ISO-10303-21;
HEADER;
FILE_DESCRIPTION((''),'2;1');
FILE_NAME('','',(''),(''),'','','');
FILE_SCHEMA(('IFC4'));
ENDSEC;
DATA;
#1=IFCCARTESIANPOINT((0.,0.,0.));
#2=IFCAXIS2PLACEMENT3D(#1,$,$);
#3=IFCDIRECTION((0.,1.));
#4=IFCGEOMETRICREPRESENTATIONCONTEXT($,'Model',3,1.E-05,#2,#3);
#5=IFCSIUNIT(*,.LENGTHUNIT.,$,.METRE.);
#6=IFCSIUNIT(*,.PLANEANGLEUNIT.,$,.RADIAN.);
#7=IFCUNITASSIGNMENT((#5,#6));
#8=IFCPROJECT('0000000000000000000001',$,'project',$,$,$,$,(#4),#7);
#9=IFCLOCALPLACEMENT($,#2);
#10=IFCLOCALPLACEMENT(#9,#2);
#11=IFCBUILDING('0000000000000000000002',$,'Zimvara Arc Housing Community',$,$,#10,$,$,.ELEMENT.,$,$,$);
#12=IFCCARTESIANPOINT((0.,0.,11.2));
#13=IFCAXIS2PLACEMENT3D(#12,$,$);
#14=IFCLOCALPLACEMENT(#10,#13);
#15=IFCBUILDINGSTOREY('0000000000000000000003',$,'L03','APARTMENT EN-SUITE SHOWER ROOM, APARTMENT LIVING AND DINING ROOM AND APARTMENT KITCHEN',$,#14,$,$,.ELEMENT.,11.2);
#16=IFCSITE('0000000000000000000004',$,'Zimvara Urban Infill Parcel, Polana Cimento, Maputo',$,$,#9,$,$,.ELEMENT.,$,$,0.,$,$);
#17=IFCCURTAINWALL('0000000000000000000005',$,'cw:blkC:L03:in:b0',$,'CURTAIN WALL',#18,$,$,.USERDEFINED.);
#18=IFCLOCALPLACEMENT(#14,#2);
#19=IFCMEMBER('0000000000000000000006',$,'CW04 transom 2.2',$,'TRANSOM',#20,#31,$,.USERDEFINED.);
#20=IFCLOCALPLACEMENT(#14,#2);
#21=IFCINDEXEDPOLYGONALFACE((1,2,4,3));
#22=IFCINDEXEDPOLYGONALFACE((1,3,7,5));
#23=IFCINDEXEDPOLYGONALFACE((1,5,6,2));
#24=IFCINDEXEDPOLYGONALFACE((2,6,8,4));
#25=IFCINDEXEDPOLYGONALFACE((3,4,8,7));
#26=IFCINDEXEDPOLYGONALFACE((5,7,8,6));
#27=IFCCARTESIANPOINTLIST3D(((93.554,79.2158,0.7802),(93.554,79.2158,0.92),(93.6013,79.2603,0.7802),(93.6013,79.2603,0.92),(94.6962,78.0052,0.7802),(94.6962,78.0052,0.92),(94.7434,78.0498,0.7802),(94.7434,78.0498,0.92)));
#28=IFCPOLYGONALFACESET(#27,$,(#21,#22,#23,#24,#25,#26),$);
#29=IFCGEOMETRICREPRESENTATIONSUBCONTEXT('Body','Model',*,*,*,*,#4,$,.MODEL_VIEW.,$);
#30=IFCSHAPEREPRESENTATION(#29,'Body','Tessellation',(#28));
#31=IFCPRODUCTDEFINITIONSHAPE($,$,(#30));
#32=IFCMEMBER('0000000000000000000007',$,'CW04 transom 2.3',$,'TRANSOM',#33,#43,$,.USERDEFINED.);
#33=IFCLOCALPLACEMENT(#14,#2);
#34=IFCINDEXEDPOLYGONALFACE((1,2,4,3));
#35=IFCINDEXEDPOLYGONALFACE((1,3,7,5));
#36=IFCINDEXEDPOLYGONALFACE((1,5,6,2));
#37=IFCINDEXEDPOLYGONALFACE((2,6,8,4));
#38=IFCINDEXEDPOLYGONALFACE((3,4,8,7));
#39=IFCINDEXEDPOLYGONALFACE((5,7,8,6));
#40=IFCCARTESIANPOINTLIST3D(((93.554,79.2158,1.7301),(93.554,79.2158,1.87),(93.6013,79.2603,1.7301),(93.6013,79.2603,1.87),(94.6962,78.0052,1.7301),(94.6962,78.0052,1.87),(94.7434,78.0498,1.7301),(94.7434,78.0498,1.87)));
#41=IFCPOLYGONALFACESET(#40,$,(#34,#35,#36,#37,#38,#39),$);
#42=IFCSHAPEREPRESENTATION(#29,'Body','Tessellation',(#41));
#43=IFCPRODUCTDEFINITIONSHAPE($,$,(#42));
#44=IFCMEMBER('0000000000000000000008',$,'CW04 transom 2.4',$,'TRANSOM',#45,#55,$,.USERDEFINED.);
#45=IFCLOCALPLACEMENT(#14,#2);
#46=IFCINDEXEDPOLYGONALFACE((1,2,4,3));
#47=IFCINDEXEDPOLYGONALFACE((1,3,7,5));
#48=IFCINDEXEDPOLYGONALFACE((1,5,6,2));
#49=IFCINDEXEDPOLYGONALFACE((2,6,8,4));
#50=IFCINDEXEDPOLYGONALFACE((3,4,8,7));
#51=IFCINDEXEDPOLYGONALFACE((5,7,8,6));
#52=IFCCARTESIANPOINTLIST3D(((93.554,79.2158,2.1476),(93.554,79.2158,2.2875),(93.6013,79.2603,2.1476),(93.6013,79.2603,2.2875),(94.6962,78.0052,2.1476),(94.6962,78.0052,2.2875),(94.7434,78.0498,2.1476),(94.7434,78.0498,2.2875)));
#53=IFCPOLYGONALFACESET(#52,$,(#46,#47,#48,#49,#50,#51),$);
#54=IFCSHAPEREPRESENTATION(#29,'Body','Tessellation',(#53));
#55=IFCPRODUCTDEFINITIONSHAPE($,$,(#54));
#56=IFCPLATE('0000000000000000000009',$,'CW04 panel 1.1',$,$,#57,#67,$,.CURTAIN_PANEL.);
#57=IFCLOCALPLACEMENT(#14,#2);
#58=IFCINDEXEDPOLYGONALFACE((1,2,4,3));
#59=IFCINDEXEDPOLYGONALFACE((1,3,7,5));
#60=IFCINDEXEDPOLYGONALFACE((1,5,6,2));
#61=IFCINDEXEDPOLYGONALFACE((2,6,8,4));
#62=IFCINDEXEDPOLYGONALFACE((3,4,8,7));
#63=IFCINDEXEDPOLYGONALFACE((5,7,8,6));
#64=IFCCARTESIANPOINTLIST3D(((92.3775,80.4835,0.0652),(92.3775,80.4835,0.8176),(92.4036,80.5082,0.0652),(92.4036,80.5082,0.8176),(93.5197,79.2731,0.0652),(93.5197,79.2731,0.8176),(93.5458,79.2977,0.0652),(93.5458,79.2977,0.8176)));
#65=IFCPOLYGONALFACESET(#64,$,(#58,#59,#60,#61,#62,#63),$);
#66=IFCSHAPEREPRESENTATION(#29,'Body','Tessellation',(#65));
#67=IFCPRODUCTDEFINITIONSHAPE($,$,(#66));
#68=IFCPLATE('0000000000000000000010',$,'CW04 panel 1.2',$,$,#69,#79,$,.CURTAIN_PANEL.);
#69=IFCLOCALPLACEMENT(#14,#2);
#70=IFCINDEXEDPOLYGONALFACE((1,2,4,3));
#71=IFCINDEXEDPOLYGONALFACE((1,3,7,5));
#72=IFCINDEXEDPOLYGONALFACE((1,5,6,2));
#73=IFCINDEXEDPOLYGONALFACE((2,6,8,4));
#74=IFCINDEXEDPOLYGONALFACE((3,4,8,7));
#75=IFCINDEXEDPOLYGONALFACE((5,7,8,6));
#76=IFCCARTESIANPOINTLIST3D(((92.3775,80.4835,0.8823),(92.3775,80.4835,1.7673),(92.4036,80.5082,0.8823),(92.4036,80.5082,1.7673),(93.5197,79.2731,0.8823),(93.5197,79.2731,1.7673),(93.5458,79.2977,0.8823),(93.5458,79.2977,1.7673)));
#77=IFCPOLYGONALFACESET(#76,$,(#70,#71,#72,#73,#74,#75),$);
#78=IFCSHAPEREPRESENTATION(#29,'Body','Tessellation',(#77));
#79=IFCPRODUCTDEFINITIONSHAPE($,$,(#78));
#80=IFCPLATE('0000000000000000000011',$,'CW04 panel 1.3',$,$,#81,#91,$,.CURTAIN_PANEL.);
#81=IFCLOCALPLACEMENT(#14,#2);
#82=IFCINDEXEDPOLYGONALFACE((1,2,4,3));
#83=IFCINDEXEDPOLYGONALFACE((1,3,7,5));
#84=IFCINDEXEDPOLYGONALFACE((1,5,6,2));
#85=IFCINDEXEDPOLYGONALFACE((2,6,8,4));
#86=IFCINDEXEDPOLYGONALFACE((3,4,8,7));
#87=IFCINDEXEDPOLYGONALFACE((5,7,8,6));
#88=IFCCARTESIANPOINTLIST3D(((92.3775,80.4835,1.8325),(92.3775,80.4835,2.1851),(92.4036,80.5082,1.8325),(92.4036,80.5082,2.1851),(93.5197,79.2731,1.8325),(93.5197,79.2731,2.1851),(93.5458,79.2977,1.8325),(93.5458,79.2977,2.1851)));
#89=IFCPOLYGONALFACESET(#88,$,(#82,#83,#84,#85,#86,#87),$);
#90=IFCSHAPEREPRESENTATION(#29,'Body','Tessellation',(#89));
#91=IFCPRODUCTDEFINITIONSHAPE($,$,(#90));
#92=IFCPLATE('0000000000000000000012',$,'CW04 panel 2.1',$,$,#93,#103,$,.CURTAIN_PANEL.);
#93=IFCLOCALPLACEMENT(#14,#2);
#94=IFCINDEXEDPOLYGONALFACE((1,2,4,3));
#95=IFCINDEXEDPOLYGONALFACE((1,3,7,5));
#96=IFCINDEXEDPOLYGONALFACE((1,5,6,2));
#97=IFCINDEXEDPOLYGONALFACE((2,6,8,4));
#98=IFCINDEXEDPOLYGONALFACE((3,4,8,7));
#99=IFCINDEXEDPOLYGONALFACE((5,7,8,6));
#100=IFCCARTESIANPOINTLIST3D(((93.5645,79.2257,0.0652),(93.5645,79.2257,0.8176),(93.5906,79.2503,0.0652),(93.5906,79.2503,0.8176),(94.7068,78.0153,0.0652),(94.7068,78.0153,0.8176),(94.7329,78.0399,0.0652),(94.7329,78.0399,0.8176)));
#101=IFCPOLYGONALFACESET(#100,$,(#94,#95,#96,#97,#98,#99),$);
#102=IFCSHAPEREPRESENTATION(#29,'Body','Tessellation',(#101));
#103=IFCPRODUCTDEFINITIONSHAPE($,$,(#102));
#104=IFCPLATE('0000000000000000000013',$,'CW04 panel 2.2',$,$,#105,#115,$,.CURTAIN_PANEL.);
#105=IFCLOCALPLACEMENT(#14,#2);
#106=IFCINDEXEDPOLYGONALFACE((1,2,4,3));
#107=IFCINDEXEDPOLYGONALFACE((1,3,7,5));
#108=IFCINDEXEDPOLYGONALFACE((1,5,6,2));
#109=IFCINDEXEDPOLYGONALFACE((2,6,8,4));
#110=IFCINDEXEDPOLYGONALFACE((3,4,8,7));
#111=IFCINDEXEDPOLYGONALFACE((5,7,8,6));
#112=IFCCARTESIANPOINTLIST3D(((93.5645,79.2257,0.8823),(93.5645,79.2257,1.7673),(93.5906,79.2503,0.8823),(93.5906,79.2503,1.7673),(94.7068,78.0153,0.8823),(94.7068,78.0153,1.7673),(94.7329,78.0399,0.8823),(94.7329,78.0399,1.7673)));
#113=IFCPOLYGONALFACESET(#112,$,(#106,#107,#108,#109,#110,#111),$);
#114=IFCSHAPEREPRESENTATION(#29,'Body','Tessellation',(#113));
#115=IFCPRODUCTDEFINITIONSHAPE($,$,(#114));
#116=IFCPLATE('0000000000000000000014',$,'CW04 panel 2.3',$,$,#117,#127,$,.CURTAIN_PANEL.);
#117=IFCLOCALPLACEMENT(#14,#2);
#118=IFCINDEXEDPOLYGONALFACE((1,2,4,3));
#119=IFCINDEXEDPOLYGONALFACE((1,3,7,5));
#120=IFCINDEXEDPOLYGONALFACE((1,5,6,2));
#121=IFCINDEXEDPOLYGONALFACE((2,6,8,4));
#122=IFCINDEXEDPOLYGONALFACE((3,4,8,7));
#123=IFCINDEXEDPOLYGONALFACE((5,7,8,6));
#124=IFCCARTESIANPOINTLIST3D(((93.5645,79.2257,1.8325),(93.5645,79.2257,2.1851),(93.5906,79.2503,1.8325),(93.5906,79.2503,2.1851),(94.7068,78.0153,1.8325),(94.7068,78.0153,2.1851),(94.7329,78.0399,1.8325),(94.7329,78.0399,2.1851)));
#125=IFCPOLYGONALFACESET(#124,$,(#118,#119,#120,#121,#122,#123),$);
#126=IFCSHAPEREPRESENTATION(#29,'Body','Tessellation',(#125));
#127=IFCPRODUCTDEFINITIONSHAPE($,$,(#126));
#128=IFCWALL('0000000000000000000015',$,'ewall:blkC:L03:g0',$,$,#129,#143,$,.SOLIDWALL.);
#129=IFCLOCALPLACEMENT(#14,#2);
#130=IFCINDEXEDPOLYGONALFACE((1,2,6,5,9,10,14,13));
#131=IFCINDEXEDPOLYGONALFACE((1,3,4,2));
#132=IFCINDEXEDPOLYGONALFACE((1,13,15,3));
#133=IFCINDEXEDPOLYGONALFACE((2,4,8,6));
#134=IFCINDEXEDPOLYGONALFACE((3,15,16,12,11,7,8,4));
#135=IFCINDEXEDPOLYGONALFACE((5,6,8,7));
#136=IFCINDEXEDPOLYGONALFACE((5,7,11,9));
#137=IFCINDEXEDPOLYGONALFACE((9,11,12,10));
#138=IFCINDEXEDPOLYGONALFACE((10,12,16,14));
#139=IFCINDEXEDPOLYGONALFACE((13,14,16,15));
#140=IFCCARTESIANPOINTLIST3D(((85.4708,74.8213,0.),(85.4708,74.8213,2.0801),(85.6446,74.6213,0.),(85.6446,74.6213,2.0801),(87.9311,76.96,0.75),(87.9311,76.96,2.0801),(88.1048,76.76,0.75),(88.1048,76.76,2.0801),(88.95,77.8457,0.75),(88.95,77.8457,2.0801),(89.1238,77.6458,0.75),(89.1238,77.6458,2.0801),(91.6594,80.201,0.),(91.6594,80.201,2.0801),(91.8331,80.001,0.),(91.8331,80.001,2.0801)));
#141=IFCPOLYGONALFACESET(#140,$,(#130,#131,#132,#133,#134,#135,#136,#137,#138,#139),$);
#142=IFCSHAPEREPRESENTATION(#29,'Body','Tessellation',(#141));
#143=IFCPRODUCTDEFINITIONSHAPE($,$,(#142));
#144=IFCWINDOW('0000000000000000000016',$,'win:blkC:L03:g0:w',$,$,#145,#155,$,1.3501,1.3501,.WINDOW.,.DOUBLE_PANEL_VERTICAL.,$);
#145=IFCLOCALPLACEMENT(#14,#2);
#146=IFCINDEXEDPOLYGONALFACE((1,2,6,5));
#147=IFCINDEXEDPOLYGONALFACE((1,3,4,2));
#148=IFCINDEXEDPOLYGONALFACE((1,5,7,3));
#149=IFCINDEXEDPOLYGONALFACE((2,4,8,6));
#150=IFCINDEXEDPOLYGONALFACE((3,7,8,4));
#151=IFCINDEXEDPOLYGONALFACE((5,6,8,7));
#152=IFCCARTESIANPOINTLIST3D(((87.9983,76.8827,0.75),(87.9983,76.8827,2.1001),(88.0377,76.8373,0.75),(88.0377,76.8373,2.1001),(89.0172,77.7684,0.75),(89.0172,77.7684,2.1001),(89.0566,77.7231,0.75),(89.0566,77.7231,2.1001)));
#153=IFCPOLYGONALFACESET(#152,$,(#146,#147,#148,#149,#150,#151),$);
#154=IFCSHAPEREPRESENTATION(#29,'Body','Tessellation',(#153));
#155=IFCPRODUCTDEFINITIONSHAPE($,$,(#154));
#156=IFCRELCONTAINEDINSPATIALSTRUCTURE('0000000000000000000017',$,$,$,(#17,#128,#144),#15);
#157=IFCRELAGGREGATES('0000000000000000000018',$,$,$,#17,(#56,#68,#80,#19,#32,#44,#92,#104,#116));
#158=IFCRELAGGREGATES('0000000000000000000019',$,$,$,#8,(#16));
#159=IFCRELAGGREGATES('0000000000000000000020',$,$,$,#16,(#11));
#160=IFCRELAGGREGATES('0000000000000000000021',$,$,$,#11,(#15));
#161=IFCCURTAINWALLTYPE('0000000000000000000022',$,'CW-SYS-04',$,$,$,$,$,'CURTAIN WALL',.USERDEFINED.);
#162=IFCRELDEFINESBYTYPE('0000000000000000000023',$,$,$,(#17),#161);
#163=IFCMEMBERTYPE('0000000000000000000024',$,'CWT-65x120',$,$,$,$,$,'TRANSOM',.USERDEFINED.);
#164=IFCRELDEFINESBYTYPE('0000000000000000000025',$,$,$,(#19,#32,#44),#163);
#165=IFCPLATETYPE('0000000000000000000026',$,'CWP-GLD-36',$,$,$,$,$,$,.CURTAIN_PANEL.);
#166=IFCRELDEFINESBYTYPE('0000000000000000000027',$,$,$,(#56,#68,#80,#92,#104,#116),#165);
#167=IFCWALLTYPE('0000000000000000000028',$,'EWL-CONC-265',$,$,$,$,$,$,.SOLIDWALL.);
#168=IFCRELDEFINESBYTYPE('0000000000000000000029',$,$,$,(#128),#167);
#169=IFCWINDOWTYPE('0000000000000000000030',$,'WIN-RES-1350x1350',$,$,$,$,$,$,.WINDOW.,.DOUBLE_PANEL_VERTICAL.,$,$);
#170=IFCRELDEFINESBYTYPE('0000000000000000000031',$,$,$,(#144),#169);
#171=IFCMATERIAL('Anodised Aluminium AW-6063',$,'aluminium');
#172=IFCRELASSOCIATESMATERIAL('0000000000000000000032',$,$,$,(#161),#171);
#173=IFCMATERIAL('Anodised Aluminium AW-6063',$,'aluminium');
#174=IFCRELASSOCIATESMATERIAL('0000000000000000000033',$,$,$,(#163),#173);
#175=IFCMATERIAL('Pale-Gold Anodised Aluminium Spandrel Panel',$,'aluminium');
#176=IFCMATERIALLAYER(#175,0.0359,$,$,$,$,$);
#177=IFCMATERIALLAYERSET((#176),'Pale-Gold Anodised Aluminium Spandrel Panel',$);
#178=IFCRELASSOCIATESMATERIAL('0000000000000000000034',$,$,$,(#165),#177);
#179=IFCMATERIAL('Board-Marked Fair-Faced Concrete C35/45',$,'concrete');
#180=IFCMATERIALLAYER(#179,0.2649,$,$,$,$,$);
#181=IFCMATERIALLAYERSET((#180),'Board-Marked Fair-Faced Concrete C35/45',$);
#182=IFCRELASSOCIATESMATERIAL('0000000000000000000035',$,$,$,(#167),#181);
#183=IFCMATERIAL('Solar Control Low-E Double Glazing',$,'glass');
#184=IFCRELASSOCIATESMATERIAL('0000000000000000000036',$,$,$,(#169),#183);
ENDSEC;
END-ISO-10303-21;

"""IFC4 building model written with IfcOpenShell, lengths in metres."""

from ifc_helpers import new_model, si_unit, direction, frame, frame_2d, origin, origin_2d, place, context, subcontext, project, spatial, rectangle, extrude, material, layer, layer_set, material_profile, profile_set, type_object, element, fill, aggregate, save


model = new_model("IFC4")

# Units and contexts
model_context = context("Model", 3, precision=1e-05, world=origin(), true_north=direction((0.0, 1.0)))
body_context = subcontext(model_context, "Body", "Model", "MODEL_VIEW")
ifc_project = project(units=[si_unit("LENGTHUNIT", "METRE"), si_unit("PLANEANGLEUNIT", "RADIAN")], contexts=[model_context])

# Site, building, storey
site_placement = place(None, origin())
site = spatial("IfcSite", under=ifc_project, at=site_placement, Name="Zimvara Urban Infill Parcel, Polana Cimento, Maputo", CompositionType="ELEMENT", RefElevation=0.0)
building_placement = place(site_placement, origin())
building = spatial("IfcBuilding", under=site, at=building_placement, Name="Zimvara Arc Housing Community", CompositionType="ELEMENT")
storey_placement = place(building_placement, frame((0.0, 0.0, 11.2)))
storey = spatial("IfcBuildingStorey", under=building, at=storey_placement, Name="L03", Description="APARTMENT EN-SUITE SHOWER ROOM, APARTMENT LIVING AND DINING ROOM AND APARTMENT KITCHEN", CompositionType="ELEMENT", Elevation=11.2)

# Curtain wall, members, plates
ifc_material_1 = material(Name="Anodised Aluminium AW-6063", Category="aluminium")
curtain_wall_type = type_object("IfcCurtainWallType", Name="CW-SYS-04", ElementType="CURTAIN WALL", PredefinedType="USERDEFINED", material=ifc_material_1)
curtain_wall_placement = place(storey_placement, origin())
curtain_wall = element("IfcCurtainWall", 1, at=curtain_wall_placement, inside=storey, type_object=curtain_wall_type, Name="cw:blkC:L03:in:b0", ObjectType="CURTAIN WALL", PredefinedType="USERDEFINED")
ifc_material_2 = material(Name="Anodised Aluminium AW-6063", Category="aluminium")
ifc_material_profile_1 = material_profile(ifc_material_2, rectangle(XDim=0.0649, YDim=0.1399, at=origin_2d()), Name="ALU 65x140")
ifc_profile_set_1 = profile_set([ifc_material_profile_1], Name="Anodised Aluminium AW-6063")
member_type_1 = type_object("IfcMemberType", Name="CWT-65x120", ElementType="TRANSOM", PredefinedType="USERDEFINED", material=ifc_profile_set_1)
member_1_placement = place(storey_placement, frame((93.5776, 79.238, 0.8501), z_axis=(0.68627, -0.727347, 0.0), x_axis=(0.727347, 0.68627, 0.0)))
member_1 = element("IfcMember", 2, at=member_1_placement, type_object=member_type_1, Name="CW04 transom 2.2", ObjectType="TRANSOM", PredefinedType="USERDEFINED", context=body_context, shape_type="SweptSolid", body=[
    extrude(rectangle(XDim=0.0649, YDim=0.1399, at=origin_2d()), origin(), (0.0, 0.0, 1.0), 1.6643),
])
member_2_placement = place(storey_placement, frame((93.5776, 79.238, 1.8), z_axis=(0.68627, -0.727347, 0.0), x_axis=(0.727347, 0.68627, 0.0)))
member_2 = element("IfcMember", 3, at=member_2_placement, type_object=member_type_1, Name="CW04 transom 2.3", ObjectType="TRANSOM", PredefinedType="USERDEFINED", context=body_context, shape_type="SweptSolid", body=[
    extrude(rectangle(XDim=0.0649, YDim=0.1399, at=origin_2d()), origin(), (0.0, 0.0, 1.0), 1.6643),
])
member_3_placement = place(storey_placement, frame((93.5776, 79.238, 2.2175), z_axis=(0.68627, -0.727347, 0.0), x_axis=(0.727347, 0.68627, 0.0)))
member_3 = element("IfcMember", 4, at=member_3_placement, type_object=member_type_1, Name="CW04 transom 2.4", ObjectType="TRANSOM", PredefinedType="USERDEFINED", context=body_context, shape_type="SweptSolid", body=[
    extrude(rectangle(XDim=0.0649, YDim=0.1399, at=origin_2d()), origin(), (0.0, 0.0, 1.0), 1.6643),
])
ifc_material_3 = material(Name="Pale-Gold Anodised Aluminium Spandrel Panel", Category="aluminium")
ifc_layer_1 = layer(ifc_material_3, 0.0359)
ifc_layer_set_1 = layer_set([ifc_layer_1], Name="Pale-Gold Anodised Aluminium Spandrel Panel")
plate_type = type_object("IfcPlateType", Name="CWP-GLD-36", PredefinedType="CURTAIN_PANEL", material=ifc_layer_set_1)
plate_1_placement = place(storey_placement, frame((92.9617, 79.8906, 0.0652), z_axis=(0.0, 0.0, 1.0), x_axis=(0.686327, -0.727293, 0.0)))
plate_1 = element("IfcPlate", 5, at=plate_1_placement, type_object=plate_type, Name="CW04 panel 1.1", PredefinedType="CURTAIN_PANEL", context=body_context, shape_type="SweptSolid", body=[
    extrude(rectangle(XDim=1.6643, YDim=0.0359, at=origin_2d()), origin(), (0.0, 0.0, 1.0), 0.7524),
])
plate_2_placement = place(storey_placement, frame((92.9617, 79.8906, 0.8823), z_axis=(0.0, 0.0, 1.0), x_axis=(0.686327, -0.727293, 0.0)))
plate_2 = element("IfcPlate", 6, at=plate_2_placement, type_object=plate_type, Name="CW04 panel 1.2", PredefinedType="CURTAIN_PANEL", context=body_context, shape_type="SweptSolid", body=[
    extrude(rectangle(XDim=1.6643, YDim=0.0359, at=origin_2d()), origin(), (0.0, 0.0, 1.0), 0.885),
])
plate_3_placement = place(storey_placement, frame((92.9617, 79.8906, 1.8325), z_axis=(0.0, 0.0, 1.0), x_axis=(0.686327, -0.727293, 0.0)))
plate_3 = element("IfcPlate", 7, at=plate_3_placement, type_object=plate_type, Name="CW04 panel 1.3", PredefinedType="CURTAIN_PANEL", context=body_context, shape_type="SweptSolid", body=[
    extrude(rectangle(XDim=1.6643, YDim=0.0359, at=origin_2d()), origin(), (0.0, 0.0, 1.0), 0.3525),
])
plate_4_placement = place(storey_placement, frame((94.1487, 78.6328, 0.0652), z_axis=(0.0, 0.0, 1.0), x_axis=(0.686327, -0.727293, 0.0)))
plate_4 = element("IfcPlate", 8, at=plate_4_placement, type_object=plate_type, Name="CW04 panel 2.1", PredefinedType="CURTAIN_PANEL", context=body_context, shape_type="SweptSolid", body=[
    extrude(rectangle(XDim=1.6643, YDim=0.0359, at=origin_2d()), origin(), (0.0, 0.0, 1.0), 0.7524),
])
plate_5_placement = place(storey_placement, frame((94.1487, 78.6328, 0.8823), z_axis=(0.0, 0.0, 1.0), x_axis=(0.686327, -0.727293, 0.0)))
plate_5 = element("IfcPlate", 9, at=plate_5_placement, type_object=plate_type, Name="CW04 panel 2.2", PredefinedType="CURTAIN_PANEL", context=body_context, shape_type="SweptSolid", body=[
    extrude(rectangle(XDim=1.6643, YDim=0.0359, at=origin_2d()), origin(), (0.0, 0.0, 1.0), 0.885),
])
plate_6_placement = place(storey_placement, frame((94.1487, 78.6328, 1.8325), z_axis=(0.0, 0.0, 1.0), x_axis=(0.686327, -0.727293, 0.0)))
plate_6 = element("IfcPlate", 10, at=plate_6_placement, type_object=plate_type, Name="CW04 panel 2.3", PredefinedType="CURTAIN_PANEL", context=body_context, shape_type="SweptSolid", body=[
    extrude(rectangle(XDim=1.6643, YDim=0.0359, at=origin_2d()), origin(), (0.0, 0.0, 1.0), 0.3525),
])
aggregate(curtain_wall, [plate_1, plate_2, plate_3, member_1, member_2, member_3, plate_4, plate_5, plate_6])

# Wall, opening, window
ifc_material_4 = material(Name="Board-Marked Fair-Faced Concrete C35/45", Category="concrete")
ifc_layer_2 = layer(ifc_material_4, 0.2649)
ifc_layer_set_2 = layer_set([ifc_layer_2], Name="Board-Marked Fair-Faced Concrete C35/45")
wall_type_1 = type_object("IfcWallType", Name="EWL-CONC-265", PredefinedType="SOLIDWALL", material=ifc_layer_set_2)
wall_1_placement = place(storey_placement, frame((91.7463, 80.1011, 0.0), z_axis=(0.0, 0.0, 1.0), x_axis=(-0.754705, -0.656064, 0.0)))
wall_1 = element("IfcWall", 11, at=wall_1_placement, inside=storey, type_object=wall_type_1, Name="ewall:blkC:L03:g0", PredefinedType="SOLIDWALL", context=body_context, shape_type="SweptSolid", body=[
    extrude(rectangle(XDim=8.2, YDim=0.2649, at=frame_2d((4.1001, 0.0))), origin(), (0.0, 0.0, 1.0), 2.0801),
])
opening_1_placement = place(wall_1_placement, frame((3.5901, 0.0, 0.75)))
opening_1 = element("IfcOpeningElement", 12, at=opening_1_placement, cuts=wall_1, PredefinedType="OPENING", context=body_context, shape_type="SweptSolid", body=[
    extrude(rectangle(XDim=1.3501, YDim=1.3501, at=frame_2d((0.675, 0.675))), frame((0.0, 0.1423, 0.0), z_axis=(0.0, -1.0, 0.0), x_axis=(1.0, 0.0, 0.0)), (0.0, 0.0, 1.0), 0.2849),
])
ifc_material_5 = material(Name="Solar Control Low-E Double Glazing", Category="glass")
window_type_1 = type_object("IfcWindowType", Name="WIN-RES-1350x1350", PartitioningType="DOUBLE_PANEL_VERTICAL", PredefinedType="WINDOW", material=ifc_material_5)
window_1_placement = place(opening_1_placement, origin())
window_1 = element("IfcWindow", 13, at=window_1_placement, inside=storey, type_object=window_type_1, Name="win:blkC:L03:g0:w", OverallHeight=1.3501, OverallWidth=1.3501, PartitioningType="DOUBLE_PANEL_VERTICAL", PredefinedType="WINDOW", context=body_context, shape_type="SweptSolid", body=[
    extrude(rectangle(XDim=1.3501, YDim=1.3501, at=frame_2d((0.675, 0.675))), frame((0.0, 0.03, 0.0), z_axis=(0.0, -1.0, 0.0), x_axis=(1.0, 0.0, 0.0)), (0.0, 0.0, 1.0), 0.0601),
])
fill(opening_1, window_1)

save(model, "model.ifc")
